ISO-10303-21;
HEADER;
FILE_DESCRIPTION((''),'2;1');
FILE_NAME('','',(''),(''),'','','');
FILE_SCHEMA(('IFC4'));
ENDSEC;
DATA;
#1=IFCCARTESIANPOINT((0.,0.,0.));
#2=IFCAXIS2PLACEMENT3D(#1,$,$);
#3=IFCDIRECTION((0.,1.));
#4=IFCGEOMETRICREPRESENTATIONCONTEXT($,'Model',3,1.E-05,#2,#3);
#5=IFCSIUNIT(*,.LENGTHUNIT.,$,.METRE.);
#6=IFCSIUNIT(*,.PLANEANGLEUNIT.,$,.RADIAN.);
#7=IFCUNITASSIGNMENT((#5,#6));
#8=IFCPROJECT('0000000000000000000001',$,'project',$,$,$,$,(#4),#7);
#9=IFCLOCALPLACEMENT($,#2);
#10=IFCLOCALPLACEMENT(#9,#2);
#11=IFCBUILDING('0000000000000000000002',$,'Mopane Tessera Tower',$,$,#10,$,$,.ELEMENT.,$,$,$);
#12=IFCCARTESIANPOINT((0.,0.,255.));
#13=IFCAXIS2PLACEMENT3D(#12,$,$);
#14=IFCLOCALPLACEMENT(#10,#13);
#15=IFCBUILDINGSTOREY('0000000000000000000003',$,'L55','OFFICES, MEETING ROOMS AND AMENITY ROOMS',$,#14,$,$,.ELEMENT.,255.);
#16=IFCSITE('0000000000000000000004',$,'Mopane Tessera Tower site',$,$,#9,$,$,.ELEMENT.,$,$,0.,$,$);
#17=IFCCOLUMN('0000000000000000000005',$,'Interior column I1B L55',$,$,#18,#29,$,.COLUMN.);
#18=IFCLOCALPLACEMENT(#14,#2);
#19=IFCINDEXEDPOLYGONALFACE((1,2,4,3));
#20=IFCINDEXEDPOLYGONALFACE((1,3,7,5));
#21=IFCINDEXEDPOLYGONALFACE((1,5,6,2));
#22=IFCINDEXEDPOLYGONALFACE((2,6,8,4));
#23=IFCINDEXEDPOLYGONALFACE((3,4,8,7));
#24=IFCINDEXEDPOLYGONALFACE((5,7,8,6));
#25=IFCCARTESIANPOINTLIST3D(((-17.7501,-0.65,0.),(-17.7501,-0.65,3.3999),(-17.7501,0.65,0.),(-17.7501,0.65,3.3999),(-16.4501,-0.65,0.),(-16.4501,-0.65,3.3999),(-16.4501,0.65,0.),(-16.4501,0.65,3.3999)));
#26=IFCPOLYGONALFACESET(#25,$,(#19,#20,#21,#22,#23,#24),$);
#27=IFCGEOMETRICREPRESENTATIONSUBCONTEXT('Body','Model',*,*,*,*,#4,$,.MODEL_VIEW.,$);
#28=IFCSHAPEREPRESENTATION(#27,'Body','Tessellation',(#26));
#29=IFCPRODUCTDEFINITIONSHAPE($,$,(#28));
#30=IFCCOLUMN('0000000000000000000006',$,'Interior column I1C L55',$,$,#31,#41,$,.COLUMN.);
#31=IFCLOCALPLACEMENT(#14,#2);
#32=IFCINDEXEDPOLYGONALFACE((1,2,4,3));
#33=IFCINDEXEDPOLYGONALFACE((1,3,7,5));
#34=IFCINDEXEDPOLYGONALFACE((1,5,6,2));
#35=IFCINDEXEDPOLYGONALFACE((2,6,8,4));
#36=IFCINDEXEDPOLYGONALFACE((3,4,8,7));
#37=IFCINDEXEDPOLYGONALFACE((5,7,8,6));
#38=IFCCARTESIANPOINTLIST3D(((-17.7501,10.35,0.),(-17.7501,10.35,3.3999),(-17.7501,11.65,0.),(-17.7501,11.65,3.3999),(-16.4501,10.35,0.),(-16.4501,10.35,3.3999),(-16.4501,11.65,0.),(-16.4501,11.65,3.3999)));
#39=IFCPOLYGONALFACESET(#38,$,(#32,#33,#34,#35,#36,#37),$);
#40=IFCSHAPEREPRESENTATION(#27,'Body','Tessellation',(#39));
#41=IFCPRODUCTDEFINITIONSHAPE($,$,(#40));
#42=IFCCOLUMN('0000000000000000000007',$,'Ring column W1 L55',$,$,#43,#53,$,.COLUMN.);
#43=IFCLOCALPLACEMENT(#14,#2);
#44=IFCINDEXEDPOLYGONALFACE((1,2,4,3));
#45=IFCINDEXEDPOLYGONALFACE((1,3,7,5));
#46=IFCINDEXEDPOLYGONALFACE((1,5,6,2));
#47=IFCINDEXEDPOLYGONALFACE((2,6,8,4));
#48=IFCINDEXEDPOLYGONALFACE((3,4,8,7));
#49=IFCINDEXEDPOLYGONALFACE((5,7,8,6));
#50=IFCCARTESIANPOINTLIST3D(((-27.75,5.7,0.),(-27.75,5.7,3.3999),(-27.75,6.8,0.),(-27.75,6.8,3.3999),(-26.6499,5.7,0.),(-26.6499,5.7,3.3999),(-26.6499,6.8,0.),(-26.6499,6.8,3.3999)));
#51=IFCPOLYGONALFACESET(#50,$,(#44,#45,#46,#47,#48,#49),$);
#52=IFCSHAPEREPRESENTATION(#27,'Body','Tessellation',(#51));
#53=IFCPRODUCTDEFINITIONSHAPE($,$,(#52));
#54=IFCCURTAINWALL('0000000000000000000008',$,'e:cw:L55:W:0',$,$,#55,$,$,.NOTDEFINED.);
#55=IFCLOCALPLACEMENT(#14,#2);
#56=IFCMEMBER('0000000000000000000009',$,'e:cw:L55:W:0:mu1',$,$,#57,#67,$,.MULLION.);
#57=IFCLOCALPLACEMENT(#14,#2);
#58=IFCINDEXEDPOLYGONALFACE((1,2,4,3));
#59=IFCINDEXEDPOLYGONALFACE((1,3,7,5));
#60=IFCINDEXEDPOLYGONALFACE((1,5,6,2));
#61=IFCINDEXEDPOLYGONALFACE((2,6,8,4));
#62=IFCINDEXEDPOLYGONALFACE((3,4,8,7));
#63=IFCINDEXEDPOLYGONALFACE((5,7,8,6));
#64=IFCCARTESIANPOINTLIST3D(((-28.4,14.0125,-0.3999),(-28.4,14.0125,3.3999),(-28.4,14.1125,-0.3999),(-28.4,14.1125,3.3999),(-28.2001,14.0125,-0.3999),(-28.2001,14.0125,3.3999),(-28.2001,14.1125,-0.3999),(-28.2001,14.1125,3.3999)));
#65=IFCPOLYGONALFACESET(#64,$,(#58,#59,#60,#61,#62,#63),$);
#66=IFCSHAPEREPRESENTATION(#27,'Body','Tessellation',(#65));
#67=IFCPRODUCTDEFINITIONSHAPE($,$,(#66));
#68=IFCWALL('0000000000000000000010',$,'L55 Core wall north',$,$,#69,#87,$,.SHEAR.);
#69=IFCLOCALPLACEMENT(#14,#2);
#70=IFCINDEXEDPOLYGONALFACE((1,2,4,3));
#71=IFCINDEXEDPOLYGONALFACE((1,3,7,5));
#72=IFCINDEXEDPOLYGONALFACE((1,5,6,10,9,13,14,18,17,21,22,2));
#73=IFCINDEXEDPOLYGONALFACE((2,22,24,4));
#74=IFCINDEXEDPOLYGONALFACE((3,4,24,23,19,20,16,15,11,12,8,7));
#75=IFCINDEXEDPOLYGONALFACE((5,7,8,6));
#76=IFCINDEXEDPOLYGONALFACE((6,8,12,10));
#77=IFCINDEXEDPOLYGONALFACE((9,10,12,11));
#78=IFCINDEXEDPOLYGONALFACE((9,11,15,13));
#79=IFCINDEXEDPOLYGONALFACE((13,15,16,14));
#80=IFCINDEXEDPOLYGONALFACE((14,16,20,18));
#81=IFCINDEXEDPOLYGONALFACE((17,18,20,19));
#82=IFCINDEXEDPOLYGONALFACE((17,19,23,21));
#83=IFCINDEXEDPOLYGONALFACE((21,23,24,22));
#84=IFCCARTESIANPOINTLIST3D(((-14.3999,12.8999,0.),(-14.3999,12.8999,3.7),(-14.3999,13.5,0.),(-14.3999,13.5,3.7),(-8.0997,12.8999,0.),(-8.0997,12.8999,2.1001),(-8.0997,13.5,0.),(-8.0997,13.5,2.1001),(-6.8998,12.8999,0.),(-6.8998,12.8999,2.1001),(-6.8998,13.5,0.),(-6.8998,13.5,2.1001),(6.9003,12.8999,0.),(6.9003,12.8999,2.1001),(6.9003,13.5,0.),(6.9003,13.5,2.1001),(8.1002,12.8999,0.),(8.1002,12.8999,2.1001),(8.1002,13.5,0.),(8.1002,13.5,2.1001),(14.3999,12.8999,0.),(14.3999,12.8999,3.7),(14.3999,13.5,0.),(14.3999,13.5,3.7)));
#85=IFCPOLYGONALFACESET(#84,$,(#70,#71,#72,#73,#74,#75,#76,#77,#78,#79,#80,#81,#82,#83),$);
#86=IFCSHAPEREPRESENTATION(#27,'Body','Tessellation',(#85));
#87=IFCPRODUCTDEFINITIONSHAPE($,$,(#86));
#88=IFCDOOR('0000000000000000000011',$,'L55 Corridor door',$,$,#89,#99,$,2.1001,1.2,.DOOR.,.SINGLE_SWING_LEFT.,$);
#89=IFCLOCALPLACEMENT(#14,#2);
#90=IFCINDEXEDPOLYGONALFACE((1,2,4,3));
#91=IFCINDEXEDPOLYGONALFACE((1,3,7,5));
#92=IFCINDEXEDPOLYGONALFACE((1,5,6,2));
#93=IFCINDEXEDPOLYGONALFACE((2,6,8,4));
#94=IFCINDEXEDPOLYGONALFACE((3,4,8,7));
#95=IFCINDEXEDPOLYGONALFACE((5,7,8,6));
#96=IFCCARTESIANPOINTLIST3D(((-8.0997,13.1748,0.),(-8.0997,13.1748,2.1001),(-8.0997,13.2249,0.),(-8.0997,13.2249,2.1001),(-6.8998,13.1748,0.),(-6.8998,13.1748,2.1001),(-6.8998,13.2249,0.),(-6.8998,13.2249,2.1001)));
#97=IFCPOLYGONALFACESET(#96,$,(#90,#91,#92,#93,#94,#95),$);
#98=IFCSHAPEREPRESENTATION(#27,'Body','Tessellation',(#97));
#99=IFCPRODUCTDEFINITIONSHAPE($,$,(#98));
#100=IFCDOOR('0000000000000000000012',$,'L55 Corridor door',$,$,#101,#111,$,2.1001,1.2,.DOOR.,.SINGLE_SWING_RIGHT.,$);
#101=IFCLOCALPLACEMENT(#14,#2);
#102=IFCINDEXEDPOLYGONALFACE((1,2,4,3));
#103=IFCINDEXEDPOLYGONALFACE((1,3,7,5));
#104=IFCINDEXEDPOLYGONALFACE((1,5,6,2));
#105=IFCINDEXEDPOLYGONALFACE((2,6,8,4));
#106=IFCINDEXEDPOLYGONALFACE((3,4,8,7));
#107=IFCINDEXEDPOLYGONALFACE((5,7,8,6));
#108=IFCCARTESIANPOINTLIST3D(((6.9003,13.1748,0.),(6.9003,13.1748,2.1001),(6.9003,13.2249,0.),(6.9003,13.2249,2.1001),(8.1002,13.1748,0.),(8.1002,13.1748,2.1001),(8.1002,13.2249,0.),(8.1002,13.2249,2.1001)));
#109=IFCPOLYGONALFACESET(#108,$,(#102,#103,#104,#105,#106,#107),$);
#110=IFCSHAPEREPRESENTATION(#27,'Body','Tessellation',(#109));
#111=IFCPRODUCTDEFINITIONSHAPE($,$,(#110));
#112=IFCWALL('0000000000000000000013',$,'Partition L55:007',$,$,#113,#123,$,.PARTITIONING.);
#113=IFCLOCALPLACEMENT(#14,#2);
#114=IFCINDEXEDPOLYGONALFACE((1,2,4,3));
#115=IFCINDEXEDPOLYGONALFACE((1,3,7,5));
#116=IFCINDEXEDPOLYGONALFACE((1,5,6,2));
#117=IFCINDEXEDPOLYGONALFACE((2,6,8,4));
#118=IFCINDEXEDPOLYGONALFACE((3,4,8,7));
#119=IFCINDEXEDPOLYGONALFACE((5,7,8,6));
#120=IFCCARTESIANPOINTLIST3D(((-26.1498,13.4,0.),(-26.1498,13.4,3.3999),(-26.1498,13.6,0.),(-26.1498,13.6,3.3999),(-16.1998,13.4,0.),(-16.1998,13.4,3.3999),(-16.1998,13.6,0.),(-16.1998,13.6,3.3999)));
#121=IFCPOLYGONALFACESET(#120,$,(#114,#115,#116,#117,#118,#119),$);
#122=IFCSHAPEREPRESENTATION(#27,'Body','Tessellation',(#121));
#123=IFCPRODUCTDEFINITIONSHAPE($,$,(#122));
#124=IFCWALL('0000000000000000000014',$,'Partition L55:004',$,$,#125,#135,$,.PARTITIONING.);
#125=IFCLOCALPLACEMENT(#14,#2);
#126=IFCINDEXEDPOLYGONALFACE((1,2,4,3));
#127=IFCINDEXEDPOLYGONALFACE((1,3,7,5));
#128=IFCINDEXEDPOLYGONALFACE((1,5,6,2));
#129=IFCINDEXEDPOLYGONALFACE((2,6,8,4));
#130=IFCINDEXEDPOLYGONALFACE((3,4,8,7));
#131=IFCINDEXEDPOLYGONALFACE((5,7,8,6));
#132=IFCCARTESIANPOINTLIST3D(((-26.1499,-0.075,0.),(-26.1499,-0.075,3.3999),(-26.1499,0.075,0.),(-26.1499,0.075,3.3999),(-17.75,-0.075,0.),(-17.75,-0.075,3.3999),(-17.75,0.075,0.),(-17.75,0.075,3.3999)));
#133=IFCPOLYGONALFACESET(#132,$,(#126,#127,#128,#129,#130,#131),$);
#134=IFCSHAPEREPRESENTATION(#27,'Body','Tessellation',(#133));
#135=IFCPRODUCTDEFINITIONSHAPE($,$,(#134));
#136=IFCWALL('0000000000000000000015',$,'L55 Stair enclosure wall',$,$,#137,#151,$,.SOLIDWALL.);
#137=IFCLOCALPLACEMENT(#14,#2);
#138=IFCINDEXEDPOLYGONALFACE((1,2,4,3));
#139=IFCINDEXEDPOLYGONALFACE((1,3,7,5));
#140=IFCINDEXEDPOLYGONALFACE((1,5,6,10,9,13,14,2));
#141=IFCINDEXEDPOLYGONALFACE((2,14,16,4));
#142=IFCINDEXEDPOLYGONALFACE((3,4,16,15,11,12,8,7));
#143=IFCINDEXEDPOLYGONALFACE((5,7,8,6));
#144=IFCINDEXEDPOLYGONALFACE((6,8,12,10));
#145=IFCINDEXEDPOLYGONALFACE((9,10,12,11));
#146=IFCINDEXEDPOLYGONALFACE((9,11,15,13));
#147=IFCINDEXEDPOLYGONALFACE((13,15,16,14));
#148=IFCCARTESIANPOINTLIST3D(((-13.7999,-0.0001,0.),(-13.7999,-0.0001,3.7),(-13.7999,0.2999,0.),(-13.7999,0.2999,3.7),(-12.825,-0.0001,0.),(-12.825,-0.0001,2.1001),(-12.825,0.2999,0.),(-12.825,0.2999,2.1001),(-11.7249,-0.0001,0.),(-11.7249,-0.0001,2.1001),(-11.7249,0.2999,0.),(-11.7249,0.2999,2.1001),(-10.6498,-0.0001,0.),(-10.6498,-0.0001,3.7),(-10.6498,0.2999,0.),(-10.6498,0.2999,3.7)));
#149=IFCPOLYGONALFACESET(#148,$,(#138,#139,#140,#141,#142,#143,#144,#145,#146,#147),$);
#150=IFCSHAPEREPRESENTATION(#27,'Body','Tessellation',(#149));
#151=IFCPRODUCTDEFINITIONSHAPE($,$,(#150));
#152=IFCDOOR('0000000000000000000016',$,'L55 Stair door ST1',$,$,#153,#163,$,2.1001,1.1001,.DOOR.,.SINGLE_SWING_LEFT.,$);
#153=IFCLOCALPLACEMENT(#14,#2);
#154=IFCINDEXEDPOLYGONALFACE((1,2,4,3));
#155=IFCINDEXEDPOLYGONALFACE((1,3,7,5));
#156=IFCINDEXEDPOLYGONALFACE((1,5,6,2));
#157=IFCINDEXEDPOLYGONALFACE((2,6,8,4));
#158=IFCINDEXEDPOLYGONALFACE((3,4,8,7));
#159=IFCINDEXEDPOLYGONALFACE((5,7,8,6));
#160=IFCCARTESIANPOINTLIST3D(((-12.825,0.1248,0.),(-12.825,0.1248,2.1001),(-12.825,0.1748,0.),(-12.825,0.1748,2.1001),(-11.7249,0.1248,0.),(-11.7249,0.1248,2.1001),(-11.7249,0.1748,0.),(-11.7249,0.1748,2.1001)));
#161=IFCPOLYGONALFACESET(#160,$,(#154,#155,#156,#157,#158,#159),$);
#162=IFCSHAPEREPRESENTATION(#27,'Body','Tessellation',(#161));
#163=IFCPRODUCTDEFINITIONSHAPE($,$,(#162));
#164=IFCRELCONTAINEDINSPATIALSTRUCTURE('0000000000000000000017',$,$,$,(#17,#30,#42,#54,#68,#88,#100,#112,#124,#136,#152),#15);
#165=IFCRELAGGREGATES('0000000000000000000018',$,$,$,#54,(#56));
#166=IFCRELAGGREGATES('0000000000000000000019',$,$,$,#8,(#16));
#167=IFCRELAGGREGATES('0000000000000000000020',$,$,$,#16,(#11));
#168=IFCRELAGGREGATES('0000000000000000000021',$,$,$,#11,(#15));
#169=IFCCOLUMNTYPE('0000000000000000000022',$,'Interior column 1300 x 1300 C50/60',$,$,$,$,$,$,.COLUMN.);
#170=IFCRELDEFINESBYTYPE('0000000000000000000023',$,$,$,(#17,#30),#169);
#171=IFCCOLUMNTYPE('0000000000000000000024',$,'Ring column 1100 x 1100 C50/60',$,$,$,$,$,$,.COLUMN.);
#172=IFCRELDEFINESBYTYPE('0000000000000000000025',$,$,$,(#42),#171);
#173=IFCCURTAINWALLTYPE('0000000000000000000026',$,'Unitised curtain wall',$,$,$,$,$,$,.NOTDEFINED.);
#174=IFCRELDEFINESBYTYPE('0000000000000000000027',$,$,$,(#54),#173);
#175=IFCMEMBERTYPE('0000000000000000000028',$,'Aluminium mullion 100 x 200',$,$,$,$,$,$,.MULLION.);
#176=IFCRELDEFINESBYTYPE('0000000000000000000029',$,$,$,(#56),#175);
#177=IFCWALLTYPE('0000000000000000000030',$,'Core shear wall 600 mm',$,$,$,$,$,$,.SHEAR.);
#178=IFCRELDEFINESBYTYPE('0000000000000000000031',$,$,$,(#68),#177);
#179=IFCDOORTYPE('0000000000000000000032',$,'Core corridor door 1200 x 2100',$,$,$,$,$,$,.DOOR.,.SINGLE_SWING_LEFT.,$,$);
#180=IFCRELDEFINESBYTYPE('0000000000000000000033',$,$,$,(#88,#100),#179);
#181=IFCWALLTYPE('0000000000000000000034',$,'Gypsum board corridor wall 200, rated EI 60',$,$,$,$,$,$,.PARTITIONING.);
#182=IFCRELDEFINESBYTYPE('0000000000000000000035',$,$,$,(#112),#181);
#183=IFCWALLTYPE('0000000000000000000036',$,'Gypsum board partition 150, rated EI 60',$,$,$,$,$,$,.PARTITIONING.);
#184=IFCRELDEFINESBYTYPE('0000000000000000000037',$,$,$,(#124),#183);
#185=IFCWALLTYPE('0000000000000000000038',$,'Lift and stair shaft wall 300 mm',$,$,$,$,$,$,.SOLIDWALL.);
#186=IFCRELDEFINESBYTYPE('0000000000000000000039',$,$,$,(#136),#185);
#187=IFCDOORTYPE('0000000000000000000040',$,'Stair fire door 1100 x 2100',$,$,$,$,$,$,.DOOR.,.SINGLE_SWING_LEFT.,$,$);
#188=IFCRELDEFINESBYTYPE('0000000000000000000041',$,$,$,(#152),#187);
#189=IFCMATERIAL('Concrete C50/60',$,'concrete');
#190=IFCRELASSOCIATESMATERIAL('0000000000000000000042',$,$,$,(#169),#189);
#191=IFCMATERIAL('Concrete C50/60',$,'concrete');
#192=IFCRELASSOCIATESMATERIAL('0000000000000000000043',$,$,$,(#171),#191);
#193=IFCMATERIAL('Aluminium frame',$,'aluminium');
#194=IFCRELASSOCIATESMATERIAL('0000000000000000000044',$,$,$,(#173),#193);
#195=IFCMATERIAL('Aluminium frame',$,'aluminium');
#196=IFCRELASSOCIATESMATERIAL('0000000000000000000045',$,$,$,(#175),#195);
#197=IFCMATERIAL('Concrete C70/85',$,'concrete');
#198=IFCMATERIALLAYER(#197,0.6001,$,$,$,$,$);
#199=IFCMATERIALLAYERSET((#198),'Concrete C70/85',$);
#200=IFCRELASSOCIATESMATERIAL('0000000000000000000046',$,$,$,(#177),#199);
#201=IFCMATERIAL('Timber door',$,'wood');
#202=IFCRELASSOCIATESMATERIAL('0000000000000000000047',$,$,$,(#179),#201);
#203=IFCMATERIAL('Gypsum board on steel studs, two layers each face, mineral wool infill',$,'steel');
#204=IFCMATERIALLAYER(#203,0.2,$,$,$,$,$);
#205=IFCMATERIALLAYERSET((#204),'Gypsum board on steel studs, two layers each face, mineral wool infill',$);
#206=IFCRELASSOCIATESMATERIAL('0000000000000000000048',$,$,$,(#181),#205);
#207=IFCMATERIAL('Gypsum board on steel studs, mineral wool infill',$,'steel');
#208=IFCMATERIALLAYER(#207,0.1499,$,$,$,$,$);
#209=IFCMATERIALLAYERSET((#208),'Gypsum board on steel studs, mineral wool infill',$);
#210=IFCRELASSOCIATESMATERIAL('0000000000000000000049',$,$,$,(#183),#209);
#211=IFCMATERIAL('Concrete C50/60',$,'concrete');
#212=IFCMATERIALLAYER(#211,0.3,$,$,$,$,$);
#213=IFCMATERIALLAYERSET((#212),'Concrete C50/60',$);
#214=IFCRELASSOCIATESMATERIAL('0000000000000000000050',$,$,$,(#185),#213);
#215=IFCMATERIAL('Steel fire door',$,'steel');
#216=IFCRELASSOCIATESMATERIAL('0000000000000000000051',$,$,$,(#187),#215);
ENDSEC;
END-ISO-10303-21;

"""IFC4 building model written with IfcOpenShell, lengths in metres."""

from ifc_helpers import new_model, si_unit, direction, frame, frame_2d, origin, origin_2d, place, context, subcontext, project, spatial, rectangle, extrude, material, layer, layer_set, material_profile, profile_set, type_object, element, fill, aggregate, save


model = new_model("IFC4")

# Units and contexts
model_context = context("Model", 3, precision=1e-05, world=origin(), true_north=direction((0.0, 1.0)))
body_context = subcontext(model_context, "Body", "Model", "MODEL_VIEW")
ifc_project = project(units=[si_unit("LENGTHUNIT", "METRE"), si_unit("PLANEANGLEUNIT", "RADIAN")], contexts=[model_context])

# Site, building, storey
site_placement = place(None, origin())
site = spatial("IfcSite", under=ifc_project, at=site_placement, Name="Mopane Tessera Tower site", CompositionType="ELEMENT", RefElevation=0.0)
building_placement = place(site_placement, origin())
building = spatial("IfcBuilding", under=site, at=building_placement, Name="Mopane Tessera Tower", CompositionType="ELEMENT")
storey_placement = place(building_placement, frame((0.0, 0.0, 255.0)))
storey = spatial("IfcBuildingStorey", under=building, at=storey_placement, Name="L55", Description="OFFICES, MEETING ROOMS AND AMENITY ROOMS", CompositionType="ELEMENT", Elevation=255.0)

# Columns
ifc_material_1 = material(Name="Concrete C50/60", Category="concrete")
ifc_material_profile_1 = material_profile(ifc_material_1, rectangle(XDim=1.3, YDim=1.3, at=origin_2d()))
ifc_profile_set_1 = profile_set([ifc_material_profile_1], Name="Concrete C50/60")
column_type_1 = type_object("IfcColumnType", Name="Interior column 1300 x 1300 C50/60", PredefinedType="COLUMN", material=ifc_profile_set_1)
for number, where, z_axis, x_axis, name in (
    (1, (-17.1001, 0.0, 0.0), (0.0, 0.0, 1.0), (1.0, 0.0, 0.0), "Interior column I1B L55"),
    (2, (-17.1001, 11.0, 0.0), (0.0, 0.0, 1.0), (1.0, 0.0, 0.0), "Interior column I1C L55"),
):
    element("IfcColumn", number, at=place(storey_placement, frame(where, z_axis=z_axis, x_axis=x_axis)), inside=storey, type_object=column_type_1, Name=name, PredefinedType="COLUMN", context=body_context, shape_type="SweptSolid", body=[
        extrude(rectangle(XDim=1.3, YDim=1.3, at=origin_2d()), origin(), (0.0, 0.0, 1.0), 3.3999),
    ])
ifc_material_2 = material(Name="Concrete C50/60", Category="concrete")
ifc_material_profile_2 = material_profile(ifc_material_2, rectangle(XDim=1.1001, YDim=1.1001, at=origin_2d()))
ifc_profile_set_2 = profile_set([ifc_material_profile_2], Name="Concrete C50/60")
column_type_2 = type_object("IfcColumnType", Name="Ring column 1100 x 1100 C50/60", PredefinedType="COLUMN", material=ifc_profile_set_2)
column_placement = place(storey_placement, frame((-27.2, 6.25, 0.0), z_axis=(0.0, 0.0, 1.0), x_axis=(1.0, 0.0, 0.0)))
element("IfcColumn", 3, at=column_placement, inside=storey, type_object=column_type_2, Name="Ring column W1 L55", PredefinedType="COLUMN", context=body_context, shape_type="SweptSolid", body=[
    extrude(rectangle(XDim=1.1001, YDim=1.1001, at=origin_2d()), origin(), (0.0, 0.0, 1.0), 3.3999),
])

# Curtain wall, member
ifc_material_3 = material(Name="Aluminium frame", Category="aluminium")
curtain_wall_type = type_object("IfcCurtainWallType", Name="Unitised curtain wall", PredefinedType="NOTDEFINED", material=ifc_material_3)
curtain_wall_placement = place(storey_placement, origin())
curtain_wall = element("IfcCurtainWall", 4, at=curtain_wall_placement, inside=storey, type_object=curtain_wall_type, Name="e:cw:L55:W:0", PredefinedType="NOTDEFINED")
ifc_material_4 = material(Name="Aluminium frame", Category="aluminium")
ifc_material_profile_3 = material_profile(ifc_material_4, rectangle(XDim=0.1001, YDim=0.2, at=origin_2d()))
ifc_profile_set_3 = profile_set([ifc_material_profile_3], Name="Aluminium frame")
member_type = type_object("IfcMemberType", Name="Aluminium mullion 100 x 200", PredefinedType="MULLION", material=ifc_profile_set_3)
member_placement = place(storey_placement, frame((-28.3, 14.0625, -0.3999), z_axis=(0.0, 0.0, 1.0), x_axis=(0.0, -1.0, 0.0)))
member = element("IfcMember", 5, at=member_placement, type_object=member_type, Name="e:cw:L55:W:0:mu1", PredefinedType="MULLION", context=body_context, shape_type="SweptSolid", body=[
    extrude(rectangle(XDim=0.1001, YDim=0.2, at=origin_2d()), origin(), (0.0, 0.0, 1.0), 3.7998),
])
aggregate(curtain_wall, [member])

# Wall, openings, doors
ifc_material_5 = material(Name="Concrete C70/85", Category="concrete")
ifc_layer_1 = layer(ifc_material_5, 0.6001)
ifc_layer_set_1 = layer_set([ifc_layer_1], Name="Concrete C70/85")
wall_type_1 = type_object("IfcWallType", Name="Core shear wall 600 mm", PredefinedType="SHEAR", material=ifc_layer_set_1)
wall_1_placement = place(storey_placement, frame((-14.3999, 13.2, 0.0), z_axis=(0.0, 0.0, 1.0), x_axis=(1.0, 0.0, 0.0)))
wall_1 = element("IfcWall", 6, at=wall_1_placement, inside=storey, type_object=wall_type_1, Name="L55 Core wall north", PredefinedType="SHEAR", context=body_context, shape_type="SweptSolid", body=[
    extrude(rectangle(XDim=28.7998, YDim=0.6001, at=frame_2d((14.3999, 0.0))), origin(), (0.0, 0.0, 1.0), 3.7),
])
opening_1_placement = place(wall_1_placement, frame((6.3, 0.0, 0.0)))
opening_1 = element("IfcOpeningElement", 7, at=opening_1_placement, cuts=wall_1, PredefinedType="OPENING", context=body_context, shape_type="SweptSolid", body=[
    extrude(rectangle(XDim=1.2, YDim=2.1001, at=frame_2d((0.6001, 1.05))), frame((0.0, 0.312, 0.0), z_axis=(0.0, -1.0, 0.0), x_axis=(1.0, 0.0, 0.0)), (0.0, 0.0, 1.0), 0.624),
])
opening_2_placement = place(wall_1_placement, frame((21.3, 0.0, 0.0)))
opening_2 = element("IfcOpeningElement", 8, at=opening_2_placement, cuts=wall_1, PredefinedType="OPENING", context=body_context, shape_type="SweptSolid", body=[
    extrude(rectangle(XDim=1.2, YDim=2.1001, at=frame_2d((0.6001, 1.05))), frame((0.0, 0.312, 0.0), z_axis=(0.0, -1.0, 0.0), x_axis=(1.0, 0.0, 0.0)), (0.0, 0.0, 1.0), 0.624),
])
ifc_material_6 = material(Name="Timber door", Category="wood")
door_type_1 = type_object("IfcDoorType", Name="Core corridor door 1200 x 2100", OperationType="SINGLE_SWING_LEFT", PredefinedType="DOOR", material=ifc_material_6)
door_1_placement = place(opening_1_placement, origin())
door_1 = element("IfcDoor", 9, at=door_1_placement, inside=storey, type_object=door_type_1, Name="L55 Corridor door", OperationType="SINGLE_SWING_LEFT", OverallHeight=2.1001, OverallWidth=1.2, PredefinedType="DOOR", context=body_context, shape_type="SweptSolid", body=[
    extrude(rectangle(XDim=1.2, YDim=2.1001, at=frame_2d((0.6001, 1.05))), frame((0.0, 0.0249, 0.0), z_axis=(0.0, -1.0, 0.0), x_axis=(1.0, 0.0, 0.0)), (0.0, 0.0, 1.0), 0.05),
])
fill(opening_1, door_1)
door_2_placement = place(opening_2_placement, origin())
door_2 = element("IfcDoor", 10, at=door_2_placement, inside=storey, type_object=door_type_1, Name="L55 Corridor door", OperationType="SINGLE_SWING_RIGHT", OverallHeight=2.1001, OverallWidth=1.2, PredefinedType="DOOR", context=body_context, shape_type="SweptSolid", body=[
    extrude(rectangle(XDim=1.2, YDim=2.1001, at=frame_2d((0.6001, 1.05))), frame((0.0, 0.0249, 0.0), z_axis=(0.0, -1.0, 0.0), x_axis=(1.0, 0.0, 0.0)), (0.0, 0.0, 1.0), 0.05),
])
fill(opening_2, door_2)

# Walls
ifc_material_7 = material(Name="Gypsum board on steel studs, two layers each face, mineral wool infill", Category="steel")
ifc_layer_2 = layer(ifc_material_7, 0.2)
ifc_layer_set_2 = layer_set([ifc_layer_2], Name="Gypsum board on steel studs, two layers each face, mineral wool infill")
wall_type_2 = type_object("IfcWallType", Name="Gypsum board corridor wall 200, rated EI 60", PredefinedType="PARTITIONING", material=ifc_layer_set_2)
wall_2_placement = place(storey_placement, frame((-26.1499, 13.5, 0.0), z_axis=(0.0, 0.0, 1.0), x_axis=(1.0, 0.0, 0.0)))
element("IfcWall", 11, at=wall_2_placement, inside=storey, type_object=wall_type_2, Name="Partition L55:007", PredefinedType="PARTITIONING", context=body_context, shape_type="SweptSolid", body=[
    extrude(rectangle(XDim=9.95, YDim=0.2, at=frame_2d((4.9751, 0.0))), origin(), (0.0, 0.0, 1.0), 3.3999),
])
ifc_material_8 = material(Name="Gypsum board on steel studs, mineral wool infill", Category="steel")
ifc_layer_3 = layer(ifc_material_8, 0.1499)
ifc_layer_set_3 = layer_set([ifc_layer_3], Name="Gypsum board on steel studs, mineral wool infill")
wall_type_3 = type_object("IfcWallType", Name="Gypsum board partition 150, rated EI 60", PredefinedType="PARTITIONING", material=ifc_layer_set_3)
wall_3_placement = place(storey_placement, frame((-26.1499, 0.0, 0.0), z_axis=(0.0, 0.0, 1.0), x_axis=(1.0, 0.0, 0.0)))
element("IfcWall", 12, at=wall_3_placement, inside=storey, type_object=wall_type_3, Name="Partition L55:004", PredefinedType="PARTITIONING", context=body_context, shape_type="SweptSolid", body=[
    extrude(rectangle(XDim=8.3999, YDim=0.1499, at=frame_2d((4.2, 0.0))), origin(), (0.0, 0.0, 1.0), 3.3999),
])

# Wall, opening, door
ifc_material_9 = material(Name="Concrete C50/60", Category="concrete")
ifc_layer_4 = layer(ifc_material_9, 0.3)
ifc_layer_set_4 = layer_set([ifc_layer_4], Name="Concrete C50/60")
wall_type_4 = type_object("IfcWallType", Name="Lift and stair shaft wall 300 mm", PredefinedType="SOLIDWALL", material=ifc_layer_set_4)
wall_4_placement = place(storey_placement, frame((-13.8, 0.1499, 0.0), z_axis=(0.0, 0.0, 1.0), x_axis=(1.0, 0.0, 0.0)))
wall_4 = element("IfcWall", 13, at=wall_4_placement, inside=storey, type_object=wall_type_4, Name="L55 Stair enclosure wall", PredefinedType="SOLIDWALL", context=body_context, shape_type="SweptSolid", body=[
    extrude(rectangle(XDim=3.1501, YDim=0.3, at=frame_2d((1.5752, 0.0))), origin(), (0.0, 0.0, 1.0), 3.7),
])
opening_3_placement = place(wall_4_placement, frame((0.9751, 0.0, 0.0)))
opening_3 = element("IfcOpeningElement", 14, at=opening_3_placement, cuts=wall_4, PredefinedType="OPENING", context=body_context, shape_type="SweptSolid", body=[
    extrude(rectangle(XDim=1.1001, YDim=2.1001, at=frame_2d((0.55, 1.05))), frame((0.0, 0.1621, 0.0), z_axis=(0.0, -1.0, 0.0), x_axis=(1.0, 0.0, 0.0)), (0.0, 0.0, 1.0), 0.324),
])
ifc_material_10 = material(Name="Steel fire door", Category="steel")
door_type_2 = type_object("IfcDoorType", Name="Stair fire door 1100 x 2100", OperationType="SINGLE_SWING_LEFT", PredefinedType="DOOR", material=ifc_material_10)
door_3_placement = place(opening_3_placement, origin())
door_3 = element("IfcDoor", 15, at=door_3_placement, inside=storey, type_object=door_type_2, Name="L55 Stair door ST1", OperationType="SINGLE_SWING_LEFT", OverallHeight=2.1001, OverallWidth=1.1001, PredefinedType="DOOR", context=body_context, shape_type="SweptSolid", body=[
    extrude(rectangle(XDim=1.1001, YDim=2.1001, at=frame_2d((0.55, 1.05))), frame((0.0, 0.0249, 0.0), z_axis=(0.0, -1.0, 0.0), x_axis=(1.0, 0.0, 0.0)), (0.0, 0.0, 1.0), 0.05),
])
fill(opening_3, door_3)

save(model, "model.ifc")
